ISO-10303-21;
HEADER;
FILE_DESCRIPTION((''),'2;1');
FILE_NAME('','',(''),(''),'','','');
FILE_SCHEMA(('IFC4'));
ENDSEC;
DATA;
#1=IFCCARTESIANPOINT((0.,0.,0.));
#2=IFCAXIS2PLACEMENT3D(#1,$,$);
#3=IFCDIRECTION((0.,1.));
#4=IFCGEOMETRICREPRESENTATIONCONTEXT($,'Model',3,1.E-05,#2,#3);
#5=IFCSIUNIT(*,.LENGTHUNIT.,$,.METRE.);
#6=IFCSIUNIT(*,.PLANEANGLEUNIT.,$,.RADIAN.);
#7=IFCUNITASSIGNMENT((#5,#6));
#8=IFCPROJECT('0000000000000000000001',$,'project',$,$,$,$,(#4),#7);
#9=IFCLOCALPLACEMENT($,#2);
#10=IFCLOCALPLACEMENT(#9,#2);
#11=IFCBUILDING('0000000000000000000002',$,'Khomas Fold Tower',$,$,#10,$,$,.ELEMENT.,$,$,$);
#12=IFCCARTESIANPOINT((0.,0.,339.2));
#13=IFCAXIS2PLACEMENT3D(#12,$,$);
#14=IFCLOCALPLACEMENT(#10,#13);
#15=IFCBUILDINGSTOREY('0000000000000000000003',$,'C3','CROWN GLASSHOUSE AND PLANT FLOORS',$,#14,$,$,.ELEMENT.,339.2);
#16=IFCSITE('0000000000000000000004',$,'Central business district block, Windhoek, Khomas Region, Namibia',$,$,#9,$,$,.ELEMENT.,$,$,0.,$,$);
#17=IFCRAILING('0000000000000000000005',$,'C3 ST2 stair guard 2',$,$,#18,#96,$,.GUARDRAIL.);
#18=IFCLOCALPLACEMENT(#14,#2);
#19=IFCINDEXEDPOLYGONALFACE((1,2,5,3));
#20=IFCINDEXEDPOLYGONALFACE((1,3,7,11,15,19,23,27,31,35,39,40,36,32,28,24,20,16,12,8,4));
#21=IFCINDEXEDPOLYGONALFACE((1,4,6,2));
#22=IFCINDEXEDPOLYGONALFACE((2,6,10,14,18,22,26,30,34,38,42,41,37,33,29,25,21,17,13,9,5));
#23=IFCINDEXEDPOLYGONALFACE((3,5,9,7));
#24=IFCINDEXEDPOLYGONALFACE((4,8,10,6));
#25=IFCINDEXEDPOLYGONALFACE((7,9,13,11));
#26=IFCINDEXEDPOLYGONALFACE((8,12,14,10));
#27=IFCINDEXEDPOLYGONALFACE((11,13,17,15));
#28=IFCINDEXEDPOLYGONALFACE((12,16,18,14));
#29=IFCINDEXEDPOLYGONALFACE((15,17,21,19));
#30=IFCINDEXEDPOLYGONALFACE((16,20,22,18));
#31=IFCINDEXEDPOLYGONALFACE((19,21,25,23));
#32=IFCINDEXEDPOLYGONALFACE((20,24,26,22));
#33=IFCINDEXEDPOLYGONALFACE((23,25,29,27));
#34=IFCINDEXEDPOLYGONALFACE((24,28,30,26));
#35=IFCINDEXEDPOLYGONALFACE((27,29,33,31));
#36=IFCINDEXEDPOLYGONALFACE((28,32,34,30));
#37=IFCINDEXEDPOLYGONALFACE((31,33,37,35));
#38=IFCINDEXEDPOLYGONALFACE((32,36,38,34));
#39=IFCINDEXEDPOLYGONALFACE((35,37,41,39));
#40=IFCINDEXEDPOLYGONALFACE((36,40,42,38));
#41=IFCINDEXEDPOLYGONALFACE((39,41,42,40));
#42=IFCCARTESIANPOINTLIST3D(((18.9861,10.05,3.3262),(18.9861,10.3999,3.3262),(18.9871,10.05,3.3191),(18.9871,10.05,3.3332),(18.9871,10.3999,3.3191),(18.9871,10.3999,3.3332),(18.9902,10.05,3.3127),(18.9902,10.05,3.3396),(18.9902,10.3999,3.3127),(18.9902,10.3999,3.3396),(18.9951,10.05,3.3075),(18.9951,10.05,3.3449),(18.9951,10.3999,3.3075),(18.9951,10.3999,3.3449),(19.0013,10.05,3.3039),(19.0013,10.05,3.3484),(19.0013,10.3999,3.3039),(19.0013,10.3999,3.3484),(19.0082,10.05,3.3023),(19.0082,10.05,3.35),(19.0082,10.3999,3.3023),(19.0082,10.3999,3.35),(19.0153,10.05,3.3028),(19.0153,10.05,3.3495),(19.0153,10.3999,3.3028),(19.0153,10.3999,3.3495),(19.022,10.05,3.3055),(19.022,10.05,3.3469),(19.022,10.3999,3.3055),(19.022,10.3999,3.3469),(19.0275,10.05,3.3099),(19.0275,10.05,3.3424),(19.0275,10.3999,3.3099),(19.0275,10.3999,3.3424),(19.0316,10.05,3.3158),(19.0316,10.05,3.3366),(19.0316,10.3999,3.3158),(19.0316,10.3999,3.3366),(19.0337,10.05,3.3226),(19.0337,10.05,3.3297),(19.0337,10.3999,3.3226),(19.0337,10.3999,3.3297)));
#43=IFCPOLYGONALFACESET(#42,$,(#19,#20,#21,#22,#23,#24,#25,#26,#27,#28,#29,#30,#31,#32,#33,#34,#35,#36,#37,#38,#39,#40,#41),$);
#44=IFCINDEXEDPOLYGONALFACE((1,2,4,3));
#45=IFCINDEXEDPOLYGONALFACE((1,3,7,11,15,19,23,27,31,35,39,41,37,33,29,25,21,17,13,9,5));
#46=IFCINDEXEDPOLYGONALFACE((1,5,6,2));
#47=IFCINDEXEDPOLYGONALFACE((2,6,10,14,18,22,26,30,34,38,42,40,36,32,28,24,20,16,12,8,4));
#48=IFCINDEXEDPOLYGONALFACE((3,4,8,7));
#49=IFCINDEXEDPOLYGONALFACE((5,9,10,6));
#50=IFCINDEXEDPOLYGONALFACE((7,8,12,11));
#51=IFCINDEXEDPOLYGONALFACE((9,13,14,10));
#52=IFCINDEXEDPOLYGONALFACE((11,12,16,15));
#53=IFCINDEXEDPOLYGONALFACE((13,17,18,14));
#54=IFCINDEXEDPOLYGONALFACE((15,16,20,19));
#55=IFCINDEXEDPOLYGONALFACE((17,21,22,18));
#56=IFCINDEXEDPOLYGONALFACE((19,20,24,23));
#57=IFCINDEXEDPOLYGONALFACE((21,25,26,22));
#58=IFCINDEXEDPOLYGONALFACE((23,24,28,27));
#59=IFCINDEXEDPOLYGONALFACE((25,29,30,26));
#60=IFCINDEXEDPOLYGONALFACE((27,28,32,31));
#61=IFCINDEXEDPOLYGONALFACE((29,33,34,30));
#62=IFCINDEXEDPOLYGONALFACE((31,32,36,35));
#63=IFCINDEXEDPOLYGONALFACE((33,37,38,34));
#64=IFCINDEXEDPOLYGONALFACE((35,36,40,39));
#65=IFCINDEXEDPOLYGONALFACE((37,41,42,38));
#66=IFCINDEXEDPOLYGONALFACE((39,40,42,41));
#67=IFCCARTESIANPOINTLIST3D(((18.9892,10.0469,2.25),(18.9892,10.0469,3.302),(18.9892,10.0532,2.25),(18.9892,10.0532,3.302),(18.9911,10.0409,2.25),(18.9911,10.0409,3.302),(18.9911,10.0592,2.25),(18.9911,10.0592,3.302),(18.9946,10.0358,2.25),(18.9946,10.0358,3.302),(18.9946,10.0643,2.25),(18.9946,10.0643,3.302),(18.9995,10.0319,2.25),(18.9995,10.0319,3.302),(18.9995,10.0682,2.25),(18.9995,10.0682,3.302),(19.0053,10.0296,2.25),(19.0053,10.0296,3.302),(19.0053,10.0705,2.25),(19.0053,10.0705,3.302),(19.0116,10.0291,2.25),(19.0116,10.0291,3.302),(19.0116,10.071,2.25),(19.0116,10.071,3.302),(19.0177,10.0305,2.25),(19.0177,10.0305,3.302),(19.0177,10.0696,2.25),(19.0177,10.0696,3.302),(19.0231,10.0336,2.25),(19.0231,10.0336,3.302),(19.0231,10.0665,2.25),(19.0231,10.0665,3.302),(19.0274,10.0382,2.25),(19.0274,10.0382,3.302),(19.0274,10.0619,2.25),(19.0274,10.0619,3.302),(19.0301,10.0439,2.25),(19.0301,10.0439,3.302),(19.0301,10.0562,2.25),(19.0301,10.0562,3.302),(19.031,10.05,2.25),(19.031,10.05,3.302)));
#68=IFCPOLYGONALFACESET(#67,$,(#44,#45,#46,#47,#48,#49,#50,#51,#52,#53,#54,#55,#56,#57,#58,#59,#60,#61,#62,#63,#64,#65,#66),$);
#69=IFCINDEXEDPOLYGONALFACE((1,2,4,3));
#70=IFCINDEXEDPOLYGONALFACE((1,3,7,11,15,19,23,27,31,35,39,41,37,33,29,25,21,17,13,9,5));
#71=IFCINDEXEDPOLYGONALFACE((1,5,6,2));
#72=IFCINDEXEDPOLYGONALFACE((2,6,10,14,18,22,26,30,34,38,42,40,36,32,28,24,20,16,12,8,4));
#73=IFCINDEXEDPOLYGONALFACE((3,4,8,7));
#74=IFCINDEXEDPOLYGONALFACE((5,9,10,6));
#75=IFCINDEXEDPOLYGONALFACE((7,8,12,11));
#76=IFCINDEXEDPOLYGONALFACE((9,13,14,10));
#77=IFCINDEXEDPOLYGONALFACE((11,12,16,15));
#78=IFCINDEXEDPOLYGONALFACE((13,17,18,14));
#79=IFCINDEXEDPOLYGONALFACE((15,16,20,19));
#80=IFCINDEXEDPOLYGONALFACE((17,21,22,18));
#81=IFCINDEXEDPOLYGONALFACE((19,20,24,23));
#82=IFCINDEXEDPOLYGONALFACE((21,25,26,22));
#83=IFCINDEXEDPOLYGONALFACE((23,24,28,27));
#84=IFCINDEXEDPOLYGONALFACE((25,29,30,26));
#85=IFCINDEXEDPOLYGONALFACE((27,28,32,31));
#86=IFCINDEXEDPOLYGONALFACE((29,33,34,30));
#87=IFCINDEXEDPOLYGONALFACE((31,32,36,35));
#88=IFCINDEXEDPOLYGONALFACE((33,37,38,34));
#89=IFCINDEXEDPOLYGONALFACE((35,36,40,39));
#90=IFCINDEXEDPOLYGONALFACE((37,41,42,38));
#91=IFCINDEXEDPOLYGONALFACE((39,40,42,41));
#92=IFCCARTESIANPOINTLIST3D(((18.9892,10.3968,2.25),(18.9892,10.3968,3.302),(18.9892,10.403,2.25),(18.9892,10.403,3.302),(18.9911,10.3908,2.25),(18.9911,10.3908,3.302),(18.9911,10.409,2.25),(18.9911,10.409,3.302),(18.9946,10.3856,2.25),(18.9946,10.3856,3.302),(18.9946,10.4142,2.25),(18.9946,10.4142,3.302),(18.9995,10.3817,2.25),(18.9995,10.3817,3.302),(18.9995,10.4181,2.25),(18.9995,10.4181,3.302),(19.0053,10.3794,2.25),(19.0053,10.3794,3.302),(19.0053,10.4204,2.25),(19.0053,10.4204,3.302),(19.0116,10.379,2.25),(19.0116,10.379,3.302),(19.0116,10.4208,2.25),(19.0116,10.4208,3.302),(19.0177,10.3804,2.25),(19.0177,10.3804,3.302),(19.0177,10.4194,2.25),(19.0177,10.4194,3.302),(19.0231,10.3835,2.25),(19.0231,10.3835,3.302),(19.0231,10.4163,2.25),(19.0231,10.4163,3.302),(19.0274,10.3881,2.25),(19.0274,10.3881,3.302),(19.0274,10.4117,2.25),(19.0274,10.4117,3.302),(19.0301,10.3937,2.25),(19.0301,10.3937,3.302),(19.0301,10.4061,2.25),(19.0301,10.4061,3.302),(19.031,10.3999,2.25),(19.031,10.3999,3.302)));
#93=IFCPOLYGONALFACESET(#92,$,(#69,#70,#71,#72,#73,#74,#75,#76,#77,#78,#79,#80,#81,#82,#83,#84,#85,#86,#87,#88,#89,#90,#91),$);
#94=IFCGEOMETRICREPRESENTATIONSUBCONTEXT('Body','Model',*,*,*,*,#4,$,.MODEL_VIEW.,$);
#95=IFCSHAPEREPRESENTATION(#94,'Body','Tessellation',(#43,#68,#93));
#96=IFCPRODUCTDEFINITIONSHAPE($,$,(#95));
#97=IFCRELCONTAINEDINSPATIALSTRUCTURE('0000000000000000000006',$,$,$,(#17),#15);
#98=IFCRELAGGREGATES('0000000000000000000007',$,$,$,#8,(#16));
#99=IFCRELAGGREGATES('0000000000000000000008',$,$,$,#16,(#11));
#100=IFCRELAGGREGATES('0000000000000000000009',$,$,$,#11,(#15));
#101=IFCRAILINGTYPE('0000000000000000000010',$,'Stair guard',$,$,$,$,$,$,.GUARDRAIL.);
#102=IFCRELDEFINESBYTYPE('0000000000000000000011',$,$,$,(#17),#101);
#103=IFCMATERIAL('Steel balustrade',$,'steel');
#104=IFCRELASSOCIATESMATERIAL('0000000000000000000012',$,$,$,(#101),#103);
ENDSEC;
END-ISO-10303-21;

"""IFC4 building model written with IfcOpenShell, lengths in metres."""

from ifc_helpers import new_model, si_unit, direction, frame, origin, origin_2d, place, context, subcontext, project, spatial, circle, extrude, source, transform, mapped, material, type_object, element, save


model = new_model("IFC4")

# Units and contexts
model_context = context("Model", 3, precision=1e-05, world=origin(), true_north=direction((0.0, 1.0)))
body_context = subcontext(model_context, "Body", "Model", "MODEL_VIEW")
ifc_project = project(units=[si_unit("LENGTHUNIT", "METRE"), si_unit("PLANEANGLEUNIT", "RADIAN")], contexts=[model_context])

# Site, building, storey
site_placement = place(None, origin())
site = spatial("IfcSite", under=ifc_project, at=site_placement, Name="Central business district block, Windhoek, Khomas Region, Namibia", CompositionType="ELEMENT", RefElevation=0.0)
building_placement = place(site_placement, origin())
building = spatial("IfcBuilding", under=site, at=building_placement, Name="Khomas Fold Tower", CompositionType="ELEMENT")
storey_placement = place(building_placement, frame((0.0, 0.0, 339.2)))
storey = spatial("IfcBuildingStorey", under=building, at=storey_placement, Name="C3", Description="CROWN GLASSHOUSE AND PLANT FLOORS", CompositionType="ELEMENT", Elevation=339.2)

# Railing
ifc_material_1 = material(Name="Steel balustrade", Category="steel")
railing_type_1 = type_object("IfcRailingType", Name="Stair guard", PredefinedType="GUARDRAIL", material=ifc_material_1)
shared_shape_1 = source(origin(), body_context, "Body", "SweptSolid", [
    extrude(circle(Radius=0.0239, at=origin_2d()), frame((0.0, 0.0, 1.0762), z_axis=(0.0, 1.0, 0.0), x_axis=(-1.0, 0.0, 0.0)), (0.0, 0.0, 1.0), 0.3499),
    extrude(circle(Radius=0.021, at=origin_2d()), origin(), (0.0, 0.0, 1.0), 1.052),
    extrude(circle(Radius=0.021, at=origin_2d()), frame((0.0, 0.3499, 0.0)), (0.0, 0.0, 1.0), 1.052),
])
railing_1_placement = place(storey_placement, frame((19.01, 10.05, 2.25)))
element("IfcRailing", 1, at=railing_1_placement, inside=storey, type_object=railing_type_1, Name="C3 ST2 stair guard 2", PredefinedType="GUARDRAIL", context=body_context, shape_type="MappedRepresentation", body=[
    mapped(shared_shape_1, transform((0.0, 0.0, 0.0))),
])

save(model, "model.ifc")
